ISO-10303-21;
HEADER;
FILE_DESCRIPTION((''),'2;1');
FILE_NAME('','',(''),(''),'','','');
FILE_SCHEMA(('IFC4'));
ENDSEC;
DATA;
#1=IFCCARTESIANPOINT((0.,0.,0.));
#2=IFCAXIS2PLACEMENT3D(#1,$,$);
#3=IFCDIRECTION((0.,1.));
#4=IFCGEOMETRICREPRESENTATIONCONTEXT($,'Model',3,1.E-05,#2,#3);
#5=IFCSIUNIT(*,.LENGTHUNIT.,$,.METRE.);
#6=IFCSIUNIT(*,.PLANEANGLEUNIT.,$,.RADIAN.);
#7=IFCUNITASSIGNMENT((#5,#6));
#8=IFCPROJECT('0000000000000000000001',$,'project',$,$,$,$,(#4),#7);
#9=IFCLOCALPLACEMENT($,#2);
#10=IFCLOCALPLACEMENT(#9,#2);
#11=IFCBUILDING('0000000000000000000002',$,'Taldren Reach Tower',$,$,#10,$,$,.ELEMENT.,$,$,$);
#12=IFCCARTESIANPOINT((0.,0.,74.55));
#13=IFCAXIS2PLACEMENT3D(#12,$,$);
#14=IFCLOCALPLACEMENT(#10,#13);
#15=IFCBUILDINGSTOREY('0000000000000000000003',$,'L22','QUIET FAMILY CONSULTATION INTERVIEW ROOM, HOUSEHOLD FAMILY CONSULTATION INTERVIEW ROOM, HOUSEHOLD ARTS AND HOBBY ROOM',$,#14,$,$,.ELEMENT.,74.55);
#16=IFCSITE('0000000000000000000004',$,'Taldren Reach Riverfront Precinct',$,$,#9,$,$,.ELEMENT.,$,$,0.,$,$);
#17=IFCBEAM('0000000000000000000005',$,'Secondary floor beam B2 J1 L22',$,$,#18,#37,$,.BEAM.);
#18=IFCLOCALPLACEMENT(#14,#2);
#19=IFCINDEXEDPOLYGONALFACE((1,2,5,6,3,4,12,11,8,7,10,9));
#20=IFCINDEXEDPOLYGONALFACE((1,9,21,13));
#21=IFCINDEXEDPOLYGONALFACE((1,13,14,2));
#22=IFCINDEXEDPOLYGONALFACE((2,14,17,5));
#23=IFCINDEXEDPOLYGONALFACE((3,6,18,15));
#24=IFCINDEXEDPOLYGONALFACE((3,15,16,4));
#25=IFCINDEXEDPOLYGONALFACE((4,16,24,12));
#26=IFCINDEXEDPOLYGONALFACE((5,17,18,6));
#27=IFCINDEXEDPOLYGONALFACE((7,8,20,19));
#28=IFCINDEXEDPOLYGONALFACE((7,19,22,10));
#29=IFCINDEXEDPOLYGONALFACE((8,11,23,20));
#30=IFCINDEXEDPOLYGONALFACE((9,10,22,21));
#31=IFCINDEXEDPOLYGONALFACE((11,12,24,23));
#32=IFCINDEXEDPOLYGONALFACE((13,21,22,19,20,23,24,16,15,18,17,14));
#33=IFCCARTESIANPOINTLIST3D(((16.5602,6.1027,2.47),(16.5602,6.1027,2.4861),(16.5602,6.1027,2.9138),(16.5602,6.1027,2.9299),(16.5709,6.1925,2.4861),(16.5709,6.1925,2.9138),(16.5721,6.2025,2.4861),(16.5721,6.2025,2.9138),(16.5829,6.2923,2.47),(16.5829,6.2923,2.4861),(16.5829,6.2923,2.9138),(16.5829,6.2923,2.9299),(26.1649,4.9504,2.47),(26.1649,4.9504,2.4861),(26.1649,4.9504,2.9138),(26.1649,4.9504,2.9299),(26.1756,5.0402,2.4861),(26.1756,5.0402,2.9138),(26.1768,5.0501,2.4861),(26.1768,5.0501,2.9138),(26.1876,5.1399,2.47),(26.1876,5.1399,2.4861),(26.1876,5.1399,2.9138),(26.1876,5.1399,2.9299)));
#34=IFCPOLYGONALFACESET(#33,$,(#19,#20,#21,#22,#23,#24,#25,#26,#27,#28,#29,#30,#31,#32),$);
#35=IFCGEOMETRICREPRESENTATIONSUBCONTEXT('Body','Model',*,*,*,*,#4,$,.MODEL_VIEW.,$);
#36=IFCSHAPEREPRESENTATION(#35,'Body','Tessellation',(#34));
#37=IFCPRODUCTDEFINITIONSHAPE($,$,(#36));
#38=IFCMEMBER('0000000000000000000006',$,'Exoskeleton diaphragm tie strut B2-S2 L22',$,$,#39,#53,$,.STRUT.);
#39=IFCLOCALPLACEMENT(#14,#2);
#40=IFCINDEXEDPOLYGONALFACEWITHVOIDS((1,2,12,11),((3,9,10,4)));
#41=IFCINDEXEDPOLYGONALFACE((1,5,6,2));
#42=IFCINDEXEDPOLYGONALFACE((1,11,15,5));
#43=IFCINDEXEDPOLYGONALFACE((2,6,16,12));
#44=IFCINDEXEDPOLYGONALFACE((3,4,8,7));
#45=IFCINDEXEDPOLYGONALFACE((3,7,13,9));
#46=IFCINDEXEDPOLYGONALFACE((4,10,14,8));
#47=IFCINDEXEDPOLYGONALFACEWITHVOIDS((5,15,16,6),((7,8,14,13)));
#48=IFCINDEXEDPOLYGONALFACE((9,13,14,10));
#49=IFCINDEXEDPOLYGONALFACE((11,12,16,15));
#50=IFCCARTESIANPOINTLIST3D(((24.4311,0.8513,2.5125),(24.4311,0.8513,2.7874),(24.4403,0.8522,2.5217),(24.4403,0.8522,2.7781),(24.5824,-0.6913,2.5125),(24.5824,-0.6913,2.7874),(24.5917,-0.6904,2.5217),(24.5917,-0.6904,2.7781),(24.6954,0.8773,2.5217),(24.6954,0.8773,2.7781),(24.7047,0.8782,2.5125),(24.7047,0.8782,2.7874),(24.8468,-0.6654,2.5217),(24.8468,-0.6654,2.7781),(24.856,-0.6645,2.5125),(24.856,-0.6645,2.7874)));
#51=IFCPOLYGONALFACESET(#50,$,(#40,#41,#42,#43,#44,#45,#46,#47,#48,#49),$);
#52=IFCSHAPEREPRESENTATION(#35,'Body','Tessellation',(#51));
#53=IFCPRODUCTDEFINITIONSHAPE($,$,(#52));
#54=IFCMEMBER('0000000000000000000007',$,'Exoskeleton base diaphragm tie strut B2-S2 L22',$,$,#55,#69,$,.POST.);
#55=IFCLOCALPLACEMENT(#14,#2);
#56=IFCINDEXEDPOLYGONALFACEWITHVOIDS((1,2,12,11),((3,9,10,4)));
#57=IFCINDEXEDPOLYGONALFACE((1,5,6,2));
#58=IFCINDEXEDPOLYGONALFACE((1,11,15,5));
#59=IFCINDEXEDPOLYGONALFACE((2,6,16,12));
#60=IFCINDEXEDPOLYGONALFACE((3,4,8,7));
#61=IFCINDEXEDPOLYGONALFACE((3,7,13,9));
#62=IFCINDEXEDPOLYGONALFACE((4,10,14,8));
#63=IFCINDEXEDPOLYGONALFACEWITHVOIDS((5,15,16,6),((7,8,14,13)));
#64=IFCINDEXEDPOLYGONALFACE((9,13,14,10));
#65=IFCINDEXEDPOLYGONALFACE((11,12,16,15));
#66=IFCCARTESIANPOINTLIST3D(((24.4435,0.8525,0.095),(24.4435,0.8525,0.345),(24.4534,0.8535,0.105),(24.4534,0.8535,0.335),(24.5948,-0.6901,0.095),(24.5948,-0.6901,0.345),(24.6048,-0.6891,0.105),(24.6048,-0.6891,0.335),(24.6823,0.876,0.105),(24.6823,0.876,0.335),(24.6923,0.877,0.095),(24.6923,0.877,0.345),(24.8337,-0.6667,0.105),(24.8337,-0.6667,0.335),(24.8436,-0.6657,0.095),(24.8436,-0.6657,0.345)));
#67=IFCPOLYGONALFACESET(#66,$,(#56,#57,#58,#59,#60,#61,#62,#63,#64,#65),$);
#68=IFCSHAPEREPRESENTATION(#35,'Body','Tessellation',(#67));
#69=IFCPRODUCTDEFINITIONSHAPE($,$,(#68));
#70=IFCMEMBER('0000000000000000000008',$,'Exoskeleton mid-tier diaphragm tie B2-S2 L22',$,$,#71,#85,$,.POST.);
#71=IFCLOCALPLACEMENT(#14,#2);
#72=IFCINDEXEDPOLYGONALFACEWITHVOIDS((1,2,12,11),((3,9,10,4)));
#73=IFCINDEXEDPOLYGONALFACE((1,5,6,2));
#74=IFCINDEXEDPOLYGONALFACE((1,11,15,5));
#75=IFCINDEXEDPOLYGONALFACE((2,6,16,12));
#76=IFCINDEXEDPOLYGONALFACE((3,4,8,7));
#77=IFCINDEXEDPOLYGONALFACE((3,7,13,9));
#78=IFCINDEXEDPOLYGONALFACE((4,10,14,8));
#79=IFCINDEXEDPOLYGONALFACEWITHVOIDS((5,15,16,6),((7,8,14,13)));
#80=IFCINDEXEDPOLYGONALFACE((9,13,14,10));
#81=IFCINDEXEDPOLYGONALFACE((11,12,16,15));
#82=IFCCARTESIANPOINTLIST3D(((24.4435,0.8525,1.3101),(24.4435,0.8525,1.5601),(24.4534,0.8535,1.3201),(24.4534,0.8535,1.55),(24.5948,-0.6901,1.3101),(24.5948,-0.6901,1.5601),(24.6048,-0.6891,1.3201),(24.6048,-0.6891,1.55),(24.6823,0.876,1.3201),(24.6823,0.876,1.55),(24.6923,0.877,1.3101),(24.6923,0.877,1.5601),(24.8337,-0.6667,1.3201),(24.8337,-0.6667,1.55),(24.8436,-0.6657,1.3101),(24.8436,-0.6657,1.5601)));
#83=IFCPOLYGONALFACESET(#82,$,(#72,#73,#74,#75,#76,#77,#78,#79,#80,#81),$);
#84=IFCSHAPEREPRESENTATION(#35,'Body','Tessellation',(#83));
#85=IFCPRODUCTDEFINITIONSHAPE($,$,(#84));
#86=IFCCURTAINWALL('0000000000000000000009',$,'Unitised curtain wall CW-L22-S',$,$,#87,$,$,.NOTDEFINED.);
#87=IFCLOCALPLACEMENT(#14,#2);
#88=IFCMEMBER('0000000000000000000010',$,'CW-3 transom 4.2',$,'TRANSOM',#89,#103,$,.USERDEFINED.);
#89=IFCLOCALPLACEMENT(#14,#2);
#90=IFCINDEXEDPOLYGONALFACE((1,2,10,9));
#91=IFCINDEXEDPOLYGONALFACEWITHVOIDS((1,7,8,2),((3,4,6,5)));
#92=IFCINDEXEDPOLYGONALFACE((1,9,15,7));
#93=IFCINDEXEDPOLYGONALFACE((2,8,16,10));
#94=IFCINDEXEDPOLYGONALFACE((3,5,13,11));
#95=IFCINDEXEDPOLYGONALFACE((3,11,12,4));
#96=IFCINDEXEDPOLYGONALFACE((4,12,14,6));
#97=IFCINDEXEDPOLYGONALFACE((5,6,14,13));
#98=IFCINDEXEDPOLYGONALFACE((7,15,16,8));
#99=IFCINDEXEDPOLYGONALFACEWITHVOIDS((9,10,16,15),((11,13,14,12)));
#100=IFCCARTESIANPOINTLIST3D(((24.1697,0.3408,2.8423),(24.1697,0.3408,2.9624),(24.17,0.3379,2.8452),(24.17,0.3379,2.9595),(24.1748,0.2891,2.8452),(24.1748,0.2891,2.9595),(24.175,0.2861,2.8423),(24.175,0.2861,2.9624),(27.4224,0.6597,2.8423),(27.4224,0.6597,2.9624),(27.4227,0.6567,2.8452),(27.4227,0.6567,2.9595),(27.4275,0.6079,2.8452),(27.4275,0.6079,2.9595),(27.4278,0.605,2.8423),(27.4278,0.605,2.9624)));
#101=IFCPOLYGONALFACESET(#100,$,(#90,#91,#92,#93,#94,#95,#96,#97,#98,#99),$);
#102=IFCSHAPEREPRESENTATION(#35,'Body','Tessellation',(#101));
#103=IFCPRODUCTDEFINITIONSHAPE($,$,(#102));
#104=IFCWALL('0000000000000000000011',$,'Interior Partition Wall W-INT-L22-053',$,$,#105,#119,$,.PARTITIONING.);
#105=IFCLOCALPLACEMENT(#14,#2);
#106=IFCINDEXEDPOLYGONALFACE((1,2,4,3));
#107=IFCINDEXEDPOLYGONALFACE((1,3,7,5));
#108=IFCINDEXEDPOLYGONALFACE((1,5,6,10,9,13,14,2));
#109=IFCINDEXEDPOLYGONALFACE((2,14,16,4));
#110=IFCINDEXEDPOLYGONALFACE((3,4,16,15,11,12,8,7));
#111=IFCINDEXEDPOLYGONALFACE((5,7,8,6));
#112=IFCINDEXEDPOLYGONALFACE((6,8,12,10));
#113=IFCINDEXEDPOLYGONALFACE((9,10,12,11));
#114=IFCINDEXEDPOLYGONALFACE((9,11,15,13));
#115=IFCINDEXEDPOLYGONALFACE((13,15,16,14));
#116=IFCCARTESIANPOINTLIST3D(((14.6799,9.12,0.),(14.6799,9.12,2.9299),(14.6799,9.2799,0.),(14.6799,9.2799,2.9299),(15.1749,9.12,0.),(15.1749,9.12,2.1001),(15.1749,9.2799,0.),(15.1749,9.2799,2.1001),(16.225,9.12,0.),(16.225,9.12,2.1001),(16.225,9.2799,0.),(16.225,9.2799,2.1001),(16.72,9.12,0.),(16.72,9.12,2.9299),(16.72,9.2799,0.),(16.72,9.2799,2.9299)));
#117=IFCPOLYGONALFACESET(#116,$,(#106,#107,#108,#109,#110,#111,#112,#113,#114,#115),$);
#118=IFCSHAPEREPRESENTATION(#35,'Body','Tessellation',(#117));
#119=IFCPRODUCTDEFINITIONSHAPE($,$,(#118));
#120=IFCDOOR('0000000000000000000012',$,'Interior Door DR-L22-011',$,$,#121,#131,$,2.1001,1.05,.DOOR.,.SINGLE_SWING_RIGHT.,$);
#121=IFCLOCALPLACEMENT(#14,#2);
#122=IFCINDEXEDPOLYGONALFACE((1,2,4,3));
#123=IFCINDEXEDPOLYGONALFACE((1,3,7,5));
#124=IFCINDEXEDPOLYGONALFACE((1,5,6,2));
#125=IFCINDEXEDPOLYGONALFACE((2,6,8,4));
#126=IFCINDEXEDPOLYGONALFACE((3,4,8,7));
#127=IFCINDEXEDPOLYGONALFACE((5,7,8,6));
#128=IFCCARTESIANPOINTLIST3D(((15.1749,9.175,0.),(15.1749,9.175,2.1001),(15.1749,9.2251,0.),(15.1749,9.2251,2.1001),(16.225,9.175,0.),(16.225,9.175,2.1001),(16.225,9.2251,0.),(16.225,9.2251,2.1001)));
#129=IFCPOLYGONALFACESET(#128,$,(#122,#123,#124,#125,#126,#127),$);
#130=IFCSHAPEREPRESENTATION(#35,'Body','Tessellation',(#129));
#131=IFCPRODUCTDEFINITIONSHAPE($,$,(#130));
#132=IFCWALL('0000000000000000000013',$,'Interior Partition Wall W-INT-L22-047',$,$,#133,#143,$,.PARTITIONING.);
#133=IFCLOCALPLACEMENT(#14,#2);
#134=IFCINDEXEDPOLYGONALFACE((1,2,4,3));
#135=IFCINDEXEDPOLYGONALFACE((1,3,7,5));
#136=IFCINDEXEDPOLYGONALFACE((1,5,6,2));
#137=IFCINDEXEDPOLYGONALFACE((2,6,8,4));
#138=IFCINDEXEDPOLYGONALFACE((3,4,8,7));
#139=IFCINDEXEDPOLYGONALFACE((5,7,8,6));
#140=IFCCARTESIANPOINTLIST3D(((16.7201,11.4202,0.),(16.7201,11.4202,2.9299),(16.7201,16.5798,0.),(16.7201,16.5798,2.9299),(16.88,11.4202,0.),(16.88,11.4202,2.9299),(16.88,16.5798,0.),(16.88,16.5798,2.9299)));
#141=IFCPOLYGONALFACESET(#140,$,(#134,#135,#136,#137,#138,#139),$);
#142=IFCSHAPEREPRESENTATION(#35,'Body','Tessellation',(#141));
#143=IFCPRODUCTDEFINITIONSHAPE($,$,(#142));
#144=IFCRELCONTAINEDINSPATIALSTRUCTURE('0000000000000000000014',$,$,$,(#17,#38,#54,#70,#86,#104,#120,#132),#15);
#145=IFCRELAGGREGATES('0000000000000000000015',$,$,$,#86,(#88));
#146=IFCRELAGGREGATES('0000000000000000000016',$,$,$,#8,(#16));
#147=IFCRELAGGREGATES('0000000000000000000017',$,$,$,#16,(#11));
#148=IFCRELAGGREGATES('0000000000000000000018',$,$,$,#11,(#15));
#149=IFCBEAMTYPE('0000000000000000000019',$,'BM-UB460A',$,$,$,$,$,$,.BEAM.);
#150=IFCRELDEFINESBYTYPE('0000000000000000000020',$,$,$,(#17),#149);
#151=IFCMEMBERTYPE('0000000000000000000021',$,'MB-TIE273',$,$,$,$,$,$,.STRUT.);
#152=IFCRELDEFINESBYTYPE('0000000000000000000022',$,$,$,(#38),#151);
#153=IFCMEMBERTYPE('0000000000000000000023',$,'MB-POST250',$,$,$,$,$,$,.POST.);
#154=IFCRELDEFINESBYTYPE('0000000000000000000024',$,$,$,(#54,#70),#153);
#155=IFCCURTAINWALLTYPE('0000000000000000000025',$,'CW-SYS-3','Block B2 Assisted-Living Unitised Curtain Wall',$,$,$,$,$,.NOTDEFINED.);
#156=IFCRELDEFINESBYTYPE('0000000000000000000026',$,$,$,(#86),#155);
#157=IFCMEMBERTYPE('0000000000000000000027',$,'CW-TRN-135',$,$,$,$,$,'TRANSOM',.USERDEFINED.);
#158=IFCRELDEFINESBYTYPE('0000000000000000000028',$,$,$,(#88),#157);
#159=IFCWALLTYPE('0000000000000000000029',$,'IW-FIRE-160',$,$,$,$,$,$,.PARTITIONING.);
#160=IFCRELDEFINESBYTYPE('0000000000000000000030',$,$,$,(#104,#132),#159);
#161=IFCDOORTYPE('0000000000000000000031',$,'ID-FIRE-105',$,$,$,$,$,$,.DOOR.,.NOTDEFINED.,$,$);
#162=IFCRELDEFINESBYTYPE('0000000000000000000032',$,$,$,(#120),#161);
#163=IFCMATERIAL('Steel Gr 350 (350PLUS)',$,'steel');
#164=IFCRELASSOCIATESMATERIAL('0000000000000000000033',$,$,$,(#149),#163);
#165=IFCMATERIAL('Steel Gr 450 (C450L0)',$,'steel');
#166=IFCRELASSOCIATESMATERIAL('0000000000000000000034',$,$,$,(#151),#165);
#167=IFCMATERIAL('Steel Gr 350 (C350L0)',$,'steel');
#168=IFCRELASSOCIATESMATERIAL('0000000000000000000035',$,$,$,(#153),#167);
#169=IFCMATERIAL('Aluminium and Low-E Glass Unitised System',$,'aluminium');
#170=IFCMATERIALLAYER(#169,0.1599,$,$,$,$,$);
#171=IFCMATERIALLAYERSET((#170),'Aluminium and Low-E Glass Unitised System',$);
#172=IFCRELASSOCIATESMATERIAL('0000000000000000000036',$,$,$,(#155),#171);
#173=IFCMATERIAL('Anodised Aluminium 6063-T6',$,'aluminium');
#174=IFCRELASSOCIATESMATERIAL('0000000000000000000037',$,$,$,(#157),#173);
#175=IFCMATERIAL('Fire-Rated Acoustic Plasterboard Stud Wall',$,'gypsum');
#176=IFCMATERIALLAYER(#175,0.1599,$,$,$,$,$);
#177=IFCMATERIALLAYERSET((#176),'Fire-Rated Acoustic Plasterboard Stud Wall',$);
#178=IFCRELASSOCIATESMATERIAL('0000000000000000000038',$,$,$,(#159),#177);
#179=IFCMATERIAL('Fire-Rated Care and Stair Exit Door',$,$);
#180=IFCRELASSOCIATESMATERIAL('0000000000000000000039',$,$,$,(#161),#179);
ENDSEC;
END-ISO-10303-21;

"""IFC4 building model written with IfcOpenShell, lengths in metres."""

from ifc_helpers import new_model, si_unit, direction, frame, frame_2d, origin, origin_2d, place, context, subcontext, project, spatial, rectangle, hollow_rectangle, i_section, extrude, source, transform, mapped, material, layer, layer_set, material_profile, profile_set, type_object, element, fill, aggregate, save


model = new_model("IFC4")

# Units and contexts
model_context = context("Model", 3, precision=1e-05, world=origin(), true_north=direction((0.0, 1.0)))
body_context = subcontext(model_context, "Body", "Model", "MODEL_VIEW")
ifc_project = project(units=[si_unit("LENGTHUNIT", "METRE"), si_unit("PLANEANGLEUNIT", "RADIAN")], contexts=[model_context])

# Site, building, storey
site_placement = place(None, origin())
site = spatial("IfcSite", under=ifc_project, at=site_placement, Name="Taldren Reach Riverfront Precinct", CompositionType="ELEMENT", RefElevation=0.0)
building_placement = place(site_placement, origin())
building = spatial("IfcBuilding", under=site, at=building_placement, Name="Taldren Reach Tower", CompositionType="ELEMENT")
storey_placement = place(building_placement, frame((0.0, 0.0, 74.55)))
storey = spatial("IfcBuildingStorey", under=building, at=storey_placement, Name="L22", Description="QUIET FAMILY CONSULTATION INTERVIEW ROOM, HOUSEHOLD FAMILY CONSULTATION INTERVIEW ROOM, HOUSEHOLD ARTS AND HOBBY ROOM", CompositionType="ELEMENT", Elevation=74.55)

# Shared definitions
ifc_material_1 = material(Name="Steel Gr 350 (350PLUS)", Category="steel")

# Beam
ifc_material_profile_1 = material_profile(ifc_material_1, i_section(OverallWidth=0.1909, OverallDepth=0.46, WebThickness=0.01, FlangeThickness=0.0161, at=origin_2d()), Name="460UB82.1")
ifc_profile_set_1 = profile_set([ifc_material_profile_1], Name="Steel Gr 350 (350PLUS)")
beam_type_1 = type_object("IfcBeamType", Name="BM-UB460A", PredefinedType="BEAM", material=ifc_profile_set_1)
shared_shape_1 = source(origin(), body_context, "Body", "SweptSolid", [
    extrude(i_section(OverallWidth=0.1909, OverallDepth=0.46, WebThickness=0.01, FlangeThickness=0.0161, at=origin_2d()), origin(), (0.0, 0.0, 1.0), 9.6736),
])
beam_1_placement = place(storey_placement, frame((16.5715, 6.1975, 2.7), z_axis=(0.99288, -0.119122, 0.0), x_axis=(0.119122, 0.99288, 0.0)))
element("IfcBeam", 1, at=beam_1_placement, inside=storey, type_object=beam_type_1, Name="Secondary floor beam B2 J1 L22", PredefinedType="BEAM", context=body_context, shape_type="MappedRepresentation", body=[
    mapped(shared_shape_1, transform((0.0, 0.0, 0.0), scale=1.0)),
])

# Members
ifc_material_2 = material(Name="Steel Gr 450 (C450L0)", Category="steel")
ifc_material_profile_2 = material_profile(ifc_material_2, hollow_rectangle(XDim=0.2749, YDim=0.2749, WallThickness=0.0093, at=origin_2d()), Name="275x275x9.3SHS")
ifc_profile_set_2 = profile_set([ifc_material_profile_2], Name="Steel Gr 450 (C450L0)")
member_type_1 = type_object("IfcMemberType", Name="MB-TIE273", PredefinedType="STRUT", material=ifc_profile_set_2)
shared_shape_2 = source(origin(), body_context, "Body", "SweptSolid", [
    extrude(hollow_rectangle(XDim=0.2749, YDim=0.2749, WallThickness=0.0093, at=origin_2d()), origin(), (0.0, 0.0, 1.0), 1.55),
])
member_1_placement = place(storey_placement, frame((24.5679, 0.8647, 2.6499), z_axis=(0.097648, -0.995221, 0.0), x_axis=(0.995221, 0.097648, 0.0)))
element("IfcMember", 2, at=member_1_placement, inside=storey, type_object=member_type_1, Name="Exoskeleton diaphragm tie strut B2-S2 L22", PredefinedType="STRUT", context=body_context, shape_type="MappedRepresentation", body=[
    mapped(shared_shape_2, transform((0.0, 0.0, 0.0), scale=1.0)),
])
ifc_material_3 = material(Name="Steel Gr 350 (C350L0)", Category="steel")
ifc_material_profile_3 = material_profile(ifc_material_3, hollow_rectangle(XDim=0.25, YDim=0.25, WallThickness=0.01, at=origin_2d()), Name="250x250x10.0SHS")
ifc_profile_set_3 = profile_set([ifc_material_profile_3], Name="Steel Gr 350 (C350L0)")
member_type_2 = type_object("IfcMemberType", Name="MB-POST250", PredefinedType="POST", material=ifc_profile_set_3)
shared_shape_3 = source(origin(), body_context, "Body", "SweptSolid", [
    extrude(hollow_rectangle(XDim=0.25, YDim=0.25, WallThickness=0.01, at=origin_2d()), origin(), (0.0, 0.0, 1.0), 1.55),
])
for number, where, z_axis, x_axis, name in (
    (3, (24.5679, 0.8647, 0.22), (0.097648, -0.995221, 0.0), (0.995221, 0.097648, 0.0), "Exoskeleton base diaphragm tie strut B2-S2 L22"),
    (4, (24.5679, 0.8647, 1.4351), (0.097648, -0.995221, 0.0), (0.995221, 0.097648, 0.0), "Exoskeleton mid-tier diaphragm tie B2-S2 L22"),
):
    element("IfcMember", number, at=place(storey_placement, frame(where, z_axis=z_axis, x_axis=x_axis)), inside=storey, type_object=member_type_2, Name=name, PredefinedType="POST", context=body_context, shape_type="MappedRepresentation", body=[
        mapped(shared_shape_3, transform((0.0, 0.0, 0.0), scale=1.0)),
    ])

# Curtain wall, member
ifc_material_4 = material(Name="Aluminium and Low-E Glass Unitised System", Category="aluminium")
ifc_layer_1 = layer(ifc_material_4, 0.1599)
ifc_layer_set_1 = layer_set([ifc_layer_1], Name="Aluminium and Low-E Glass Unitised System")
curtain_wall_type = type_object("IfcCurtainWallType", Name="CW-SYS-3", Description="Block B2 Assisted-Living Unitised Curtain Wall", PredefinedType="NOTDEFINED", material=ifc_layer_set_1)
curtain_wall_placement = place(storey_placement, origin())
curtain_wall = element("IfcCurtainWall", 5, at=curtain_wall_placement, inside=storey, type_object=curtain_wall_type, Name="Unitised curtain wall CW-L22-S", PredefinedType="NOTDEFINED")
ifc_material_5 = material(Name="Anodised Aluminium 6063-T6", Category="aluminium")
ifc_material_profile_4 = material_profile(ifc_material_5, hollow_rectangle(XDim=0.0549, YDim=0.1201, WallThickness=0.0029, at=origin_2d()), Name="ALU-120x55x3RHS")
ifc_profile_set_4 = profile_set([ifc_material_profile_4], Name="Anodised Aluminium 6063-T6")
member_type_3 = type_object("IfcMemberType", Name="CW-TRN-135", ElementType="TRANSOM", PredefinedType="USERDEFINED", material=ifc_profile_set_4)
shared_shape_4 = source(origin(), body_context, "Body", "SweptSolid", [
    extrude(hollow_rectangle(XDim=0.0549, YDim=0.1201, WallThickness=0.0029, at=origin_2d()), origin(), (0.0, 0.0, 1.0), 3.2683),
])
member_2_placement = place(storey_placement, frame((24.1724, 0.3135, 2.9023), z_axis=(0.99523, 0.097558, 0.0), x_axis=(-0.097558, 0.99523, 0.0)))
member_2 = element("IfcMember", 6, at=member_2_placement, type_object=member_type_3, Name="CW-3 transom 4.2", ObjectType="TRANSOM", PredefinedType="USERDEFINED", context=body_context, shape_type="MappedRepresentation", body=[
    mapped(shared_shape_4, transform((0.0, 0.0, 0.0), scale=1.0)),
])
aggregate(curtain_wall, [member_2])

# Wall, opening, door
ifc_material_6 = material(Name="Fire-Rated Acoustic Plasterboard Stud Wall", Category="gypsum")
ifc_layer_2 = layer(ifc_material_6, 0.1599)
ifc_layer_set_2 = layer_set([ifc_layer_2], Name="Fire-Rated Acoustic Plasterboard Stud Wall")
wall_type_1 = type_object("IfcWallType", Name="IW-FIRE-160", PredefinedType="PARTITIONING", material=ifc_layer_set_2)
shared_shape_5 = source(origin(), body_context, "Body", "SweptSolid", [
    extrude(rectangle(XDim=2.04, YDim=0.1599, at=frame_2d((1.02, 0.0))), origin(), (0.0, 0.0, 1.0), 2.9299),
])
wall_1_placement = place(storey_placement, frame((16.72, 9.2, 0.0), z_axis=(0.0, 0.0, 1.0), x_axis=(-1.0, 0.0, 0.0)))
wall_1 = element("IfcWall", 7, at=wall_1_placement, inside=storey, type_object=wall_type_1, Name="Interior Partition Wall W-INT-L22-053", PredefinedType="PARTITIONING", context=body_context, shape_type="MappedRepresentation", body=[
    mapped(shared_shape_5, transform((0.0, 0.0, 0.0), scale=1.0)),
])
shared_shape_6 = source(origin(), body_context, "Body", "SweptSolid", [
    extrude(rectangle(XDim=1.05, YDim=2.1001, at=frame_2d((0.5249, 1.05))), frame((0.0, 0.0898, 0.0), z_axis=(0.0, -1.0, 0.0), x_axis=(1.0, 0.0, 0.0)), (0.0, 0.0, 1.0), 0.1799),
])
opening_1_placement = place(wall_1_placement, frame((0.4951, 0.0, 0.0)))
opening_1 = element("IfcOpeningElement", 8, at=opening_1_placement, cuts=wall_1, PredefinedType="OPENING", context=body_context, shape_type="MappedRepresentation", body=[
    mapped(shared_shape_6, transform((0.0, 0.0, 0.0), scale=1.0)),
])
ifc_material_7 = material(Name="Fire-Rated Care and Stair Exit Door")
door_type_1 = type_object("IfcDoorType", Name="ID-FIRE-105", OperationType="NOTDEFINED", PredefinedType="DOOR", material=ifc_material_7)
shared_shape_7 = source(origin(), body_context, "Body", "SweptSolid", [
    extrude(rectangle(XDim=1.05, YDim=2.1001, at=frame_2d((0.5249, 1.05))), frame((0.0, 0.0249, 0.0), z_axis=(0.0, -1.0, 0.0), x_axis=(1.0, 0.0, 0.0)), (0.0, 0.0, 1.0), 0.05),
])
door_1_placement = place(opening_1_placement, origin())
door_1 = element("IfcDoor", 9, at=door_1_placement, inside=storey, type_object=door_type_1, Name="Interior Door DR-L22-011", OperationType="SINGLE_SWING_RIGHT", OverallHeight=2.1001, OverallWidth=1.05, PredefinedType="DOOR", context=body_context, shape_type="MappedRepresentation", body=[
    mapped(shared_shape_7, transform((0.0, 0.0, 0.0), scale=1.0)),
])
fill(opening_1, door_1)

# Wall
shared_shape_8 = source(origin(), body_context, "Body", "SweptSolid", [
    extrude(rectangle(XDim=5.1597, YDim=0.1599, at=frame_2d((2.5798, 0.0))), origin(), (0.0, 0.0, 1.0), 2.9299),
])
wall_2_placement = place(storey_placement, frame((16.8, 16.5798, 0.0), z_axis=(0.0, 0.0, 1.0), x_axis=(0.0, -1.0, 0.0)))
element("IfcWall", 10, at=wall_2_placement, inside=storey, type_object=wall_type_1, Name="Interior Partition Wall W-INT-L22-047", PredefinedType="PARTITIONING", context=body_context, shape_type="MappedRepresentation", body=[
    mapped(shared_shape_8, transform((0.0, 0.0, 0.0), scale=1.0)),
])

save(model, "model.ifc")
